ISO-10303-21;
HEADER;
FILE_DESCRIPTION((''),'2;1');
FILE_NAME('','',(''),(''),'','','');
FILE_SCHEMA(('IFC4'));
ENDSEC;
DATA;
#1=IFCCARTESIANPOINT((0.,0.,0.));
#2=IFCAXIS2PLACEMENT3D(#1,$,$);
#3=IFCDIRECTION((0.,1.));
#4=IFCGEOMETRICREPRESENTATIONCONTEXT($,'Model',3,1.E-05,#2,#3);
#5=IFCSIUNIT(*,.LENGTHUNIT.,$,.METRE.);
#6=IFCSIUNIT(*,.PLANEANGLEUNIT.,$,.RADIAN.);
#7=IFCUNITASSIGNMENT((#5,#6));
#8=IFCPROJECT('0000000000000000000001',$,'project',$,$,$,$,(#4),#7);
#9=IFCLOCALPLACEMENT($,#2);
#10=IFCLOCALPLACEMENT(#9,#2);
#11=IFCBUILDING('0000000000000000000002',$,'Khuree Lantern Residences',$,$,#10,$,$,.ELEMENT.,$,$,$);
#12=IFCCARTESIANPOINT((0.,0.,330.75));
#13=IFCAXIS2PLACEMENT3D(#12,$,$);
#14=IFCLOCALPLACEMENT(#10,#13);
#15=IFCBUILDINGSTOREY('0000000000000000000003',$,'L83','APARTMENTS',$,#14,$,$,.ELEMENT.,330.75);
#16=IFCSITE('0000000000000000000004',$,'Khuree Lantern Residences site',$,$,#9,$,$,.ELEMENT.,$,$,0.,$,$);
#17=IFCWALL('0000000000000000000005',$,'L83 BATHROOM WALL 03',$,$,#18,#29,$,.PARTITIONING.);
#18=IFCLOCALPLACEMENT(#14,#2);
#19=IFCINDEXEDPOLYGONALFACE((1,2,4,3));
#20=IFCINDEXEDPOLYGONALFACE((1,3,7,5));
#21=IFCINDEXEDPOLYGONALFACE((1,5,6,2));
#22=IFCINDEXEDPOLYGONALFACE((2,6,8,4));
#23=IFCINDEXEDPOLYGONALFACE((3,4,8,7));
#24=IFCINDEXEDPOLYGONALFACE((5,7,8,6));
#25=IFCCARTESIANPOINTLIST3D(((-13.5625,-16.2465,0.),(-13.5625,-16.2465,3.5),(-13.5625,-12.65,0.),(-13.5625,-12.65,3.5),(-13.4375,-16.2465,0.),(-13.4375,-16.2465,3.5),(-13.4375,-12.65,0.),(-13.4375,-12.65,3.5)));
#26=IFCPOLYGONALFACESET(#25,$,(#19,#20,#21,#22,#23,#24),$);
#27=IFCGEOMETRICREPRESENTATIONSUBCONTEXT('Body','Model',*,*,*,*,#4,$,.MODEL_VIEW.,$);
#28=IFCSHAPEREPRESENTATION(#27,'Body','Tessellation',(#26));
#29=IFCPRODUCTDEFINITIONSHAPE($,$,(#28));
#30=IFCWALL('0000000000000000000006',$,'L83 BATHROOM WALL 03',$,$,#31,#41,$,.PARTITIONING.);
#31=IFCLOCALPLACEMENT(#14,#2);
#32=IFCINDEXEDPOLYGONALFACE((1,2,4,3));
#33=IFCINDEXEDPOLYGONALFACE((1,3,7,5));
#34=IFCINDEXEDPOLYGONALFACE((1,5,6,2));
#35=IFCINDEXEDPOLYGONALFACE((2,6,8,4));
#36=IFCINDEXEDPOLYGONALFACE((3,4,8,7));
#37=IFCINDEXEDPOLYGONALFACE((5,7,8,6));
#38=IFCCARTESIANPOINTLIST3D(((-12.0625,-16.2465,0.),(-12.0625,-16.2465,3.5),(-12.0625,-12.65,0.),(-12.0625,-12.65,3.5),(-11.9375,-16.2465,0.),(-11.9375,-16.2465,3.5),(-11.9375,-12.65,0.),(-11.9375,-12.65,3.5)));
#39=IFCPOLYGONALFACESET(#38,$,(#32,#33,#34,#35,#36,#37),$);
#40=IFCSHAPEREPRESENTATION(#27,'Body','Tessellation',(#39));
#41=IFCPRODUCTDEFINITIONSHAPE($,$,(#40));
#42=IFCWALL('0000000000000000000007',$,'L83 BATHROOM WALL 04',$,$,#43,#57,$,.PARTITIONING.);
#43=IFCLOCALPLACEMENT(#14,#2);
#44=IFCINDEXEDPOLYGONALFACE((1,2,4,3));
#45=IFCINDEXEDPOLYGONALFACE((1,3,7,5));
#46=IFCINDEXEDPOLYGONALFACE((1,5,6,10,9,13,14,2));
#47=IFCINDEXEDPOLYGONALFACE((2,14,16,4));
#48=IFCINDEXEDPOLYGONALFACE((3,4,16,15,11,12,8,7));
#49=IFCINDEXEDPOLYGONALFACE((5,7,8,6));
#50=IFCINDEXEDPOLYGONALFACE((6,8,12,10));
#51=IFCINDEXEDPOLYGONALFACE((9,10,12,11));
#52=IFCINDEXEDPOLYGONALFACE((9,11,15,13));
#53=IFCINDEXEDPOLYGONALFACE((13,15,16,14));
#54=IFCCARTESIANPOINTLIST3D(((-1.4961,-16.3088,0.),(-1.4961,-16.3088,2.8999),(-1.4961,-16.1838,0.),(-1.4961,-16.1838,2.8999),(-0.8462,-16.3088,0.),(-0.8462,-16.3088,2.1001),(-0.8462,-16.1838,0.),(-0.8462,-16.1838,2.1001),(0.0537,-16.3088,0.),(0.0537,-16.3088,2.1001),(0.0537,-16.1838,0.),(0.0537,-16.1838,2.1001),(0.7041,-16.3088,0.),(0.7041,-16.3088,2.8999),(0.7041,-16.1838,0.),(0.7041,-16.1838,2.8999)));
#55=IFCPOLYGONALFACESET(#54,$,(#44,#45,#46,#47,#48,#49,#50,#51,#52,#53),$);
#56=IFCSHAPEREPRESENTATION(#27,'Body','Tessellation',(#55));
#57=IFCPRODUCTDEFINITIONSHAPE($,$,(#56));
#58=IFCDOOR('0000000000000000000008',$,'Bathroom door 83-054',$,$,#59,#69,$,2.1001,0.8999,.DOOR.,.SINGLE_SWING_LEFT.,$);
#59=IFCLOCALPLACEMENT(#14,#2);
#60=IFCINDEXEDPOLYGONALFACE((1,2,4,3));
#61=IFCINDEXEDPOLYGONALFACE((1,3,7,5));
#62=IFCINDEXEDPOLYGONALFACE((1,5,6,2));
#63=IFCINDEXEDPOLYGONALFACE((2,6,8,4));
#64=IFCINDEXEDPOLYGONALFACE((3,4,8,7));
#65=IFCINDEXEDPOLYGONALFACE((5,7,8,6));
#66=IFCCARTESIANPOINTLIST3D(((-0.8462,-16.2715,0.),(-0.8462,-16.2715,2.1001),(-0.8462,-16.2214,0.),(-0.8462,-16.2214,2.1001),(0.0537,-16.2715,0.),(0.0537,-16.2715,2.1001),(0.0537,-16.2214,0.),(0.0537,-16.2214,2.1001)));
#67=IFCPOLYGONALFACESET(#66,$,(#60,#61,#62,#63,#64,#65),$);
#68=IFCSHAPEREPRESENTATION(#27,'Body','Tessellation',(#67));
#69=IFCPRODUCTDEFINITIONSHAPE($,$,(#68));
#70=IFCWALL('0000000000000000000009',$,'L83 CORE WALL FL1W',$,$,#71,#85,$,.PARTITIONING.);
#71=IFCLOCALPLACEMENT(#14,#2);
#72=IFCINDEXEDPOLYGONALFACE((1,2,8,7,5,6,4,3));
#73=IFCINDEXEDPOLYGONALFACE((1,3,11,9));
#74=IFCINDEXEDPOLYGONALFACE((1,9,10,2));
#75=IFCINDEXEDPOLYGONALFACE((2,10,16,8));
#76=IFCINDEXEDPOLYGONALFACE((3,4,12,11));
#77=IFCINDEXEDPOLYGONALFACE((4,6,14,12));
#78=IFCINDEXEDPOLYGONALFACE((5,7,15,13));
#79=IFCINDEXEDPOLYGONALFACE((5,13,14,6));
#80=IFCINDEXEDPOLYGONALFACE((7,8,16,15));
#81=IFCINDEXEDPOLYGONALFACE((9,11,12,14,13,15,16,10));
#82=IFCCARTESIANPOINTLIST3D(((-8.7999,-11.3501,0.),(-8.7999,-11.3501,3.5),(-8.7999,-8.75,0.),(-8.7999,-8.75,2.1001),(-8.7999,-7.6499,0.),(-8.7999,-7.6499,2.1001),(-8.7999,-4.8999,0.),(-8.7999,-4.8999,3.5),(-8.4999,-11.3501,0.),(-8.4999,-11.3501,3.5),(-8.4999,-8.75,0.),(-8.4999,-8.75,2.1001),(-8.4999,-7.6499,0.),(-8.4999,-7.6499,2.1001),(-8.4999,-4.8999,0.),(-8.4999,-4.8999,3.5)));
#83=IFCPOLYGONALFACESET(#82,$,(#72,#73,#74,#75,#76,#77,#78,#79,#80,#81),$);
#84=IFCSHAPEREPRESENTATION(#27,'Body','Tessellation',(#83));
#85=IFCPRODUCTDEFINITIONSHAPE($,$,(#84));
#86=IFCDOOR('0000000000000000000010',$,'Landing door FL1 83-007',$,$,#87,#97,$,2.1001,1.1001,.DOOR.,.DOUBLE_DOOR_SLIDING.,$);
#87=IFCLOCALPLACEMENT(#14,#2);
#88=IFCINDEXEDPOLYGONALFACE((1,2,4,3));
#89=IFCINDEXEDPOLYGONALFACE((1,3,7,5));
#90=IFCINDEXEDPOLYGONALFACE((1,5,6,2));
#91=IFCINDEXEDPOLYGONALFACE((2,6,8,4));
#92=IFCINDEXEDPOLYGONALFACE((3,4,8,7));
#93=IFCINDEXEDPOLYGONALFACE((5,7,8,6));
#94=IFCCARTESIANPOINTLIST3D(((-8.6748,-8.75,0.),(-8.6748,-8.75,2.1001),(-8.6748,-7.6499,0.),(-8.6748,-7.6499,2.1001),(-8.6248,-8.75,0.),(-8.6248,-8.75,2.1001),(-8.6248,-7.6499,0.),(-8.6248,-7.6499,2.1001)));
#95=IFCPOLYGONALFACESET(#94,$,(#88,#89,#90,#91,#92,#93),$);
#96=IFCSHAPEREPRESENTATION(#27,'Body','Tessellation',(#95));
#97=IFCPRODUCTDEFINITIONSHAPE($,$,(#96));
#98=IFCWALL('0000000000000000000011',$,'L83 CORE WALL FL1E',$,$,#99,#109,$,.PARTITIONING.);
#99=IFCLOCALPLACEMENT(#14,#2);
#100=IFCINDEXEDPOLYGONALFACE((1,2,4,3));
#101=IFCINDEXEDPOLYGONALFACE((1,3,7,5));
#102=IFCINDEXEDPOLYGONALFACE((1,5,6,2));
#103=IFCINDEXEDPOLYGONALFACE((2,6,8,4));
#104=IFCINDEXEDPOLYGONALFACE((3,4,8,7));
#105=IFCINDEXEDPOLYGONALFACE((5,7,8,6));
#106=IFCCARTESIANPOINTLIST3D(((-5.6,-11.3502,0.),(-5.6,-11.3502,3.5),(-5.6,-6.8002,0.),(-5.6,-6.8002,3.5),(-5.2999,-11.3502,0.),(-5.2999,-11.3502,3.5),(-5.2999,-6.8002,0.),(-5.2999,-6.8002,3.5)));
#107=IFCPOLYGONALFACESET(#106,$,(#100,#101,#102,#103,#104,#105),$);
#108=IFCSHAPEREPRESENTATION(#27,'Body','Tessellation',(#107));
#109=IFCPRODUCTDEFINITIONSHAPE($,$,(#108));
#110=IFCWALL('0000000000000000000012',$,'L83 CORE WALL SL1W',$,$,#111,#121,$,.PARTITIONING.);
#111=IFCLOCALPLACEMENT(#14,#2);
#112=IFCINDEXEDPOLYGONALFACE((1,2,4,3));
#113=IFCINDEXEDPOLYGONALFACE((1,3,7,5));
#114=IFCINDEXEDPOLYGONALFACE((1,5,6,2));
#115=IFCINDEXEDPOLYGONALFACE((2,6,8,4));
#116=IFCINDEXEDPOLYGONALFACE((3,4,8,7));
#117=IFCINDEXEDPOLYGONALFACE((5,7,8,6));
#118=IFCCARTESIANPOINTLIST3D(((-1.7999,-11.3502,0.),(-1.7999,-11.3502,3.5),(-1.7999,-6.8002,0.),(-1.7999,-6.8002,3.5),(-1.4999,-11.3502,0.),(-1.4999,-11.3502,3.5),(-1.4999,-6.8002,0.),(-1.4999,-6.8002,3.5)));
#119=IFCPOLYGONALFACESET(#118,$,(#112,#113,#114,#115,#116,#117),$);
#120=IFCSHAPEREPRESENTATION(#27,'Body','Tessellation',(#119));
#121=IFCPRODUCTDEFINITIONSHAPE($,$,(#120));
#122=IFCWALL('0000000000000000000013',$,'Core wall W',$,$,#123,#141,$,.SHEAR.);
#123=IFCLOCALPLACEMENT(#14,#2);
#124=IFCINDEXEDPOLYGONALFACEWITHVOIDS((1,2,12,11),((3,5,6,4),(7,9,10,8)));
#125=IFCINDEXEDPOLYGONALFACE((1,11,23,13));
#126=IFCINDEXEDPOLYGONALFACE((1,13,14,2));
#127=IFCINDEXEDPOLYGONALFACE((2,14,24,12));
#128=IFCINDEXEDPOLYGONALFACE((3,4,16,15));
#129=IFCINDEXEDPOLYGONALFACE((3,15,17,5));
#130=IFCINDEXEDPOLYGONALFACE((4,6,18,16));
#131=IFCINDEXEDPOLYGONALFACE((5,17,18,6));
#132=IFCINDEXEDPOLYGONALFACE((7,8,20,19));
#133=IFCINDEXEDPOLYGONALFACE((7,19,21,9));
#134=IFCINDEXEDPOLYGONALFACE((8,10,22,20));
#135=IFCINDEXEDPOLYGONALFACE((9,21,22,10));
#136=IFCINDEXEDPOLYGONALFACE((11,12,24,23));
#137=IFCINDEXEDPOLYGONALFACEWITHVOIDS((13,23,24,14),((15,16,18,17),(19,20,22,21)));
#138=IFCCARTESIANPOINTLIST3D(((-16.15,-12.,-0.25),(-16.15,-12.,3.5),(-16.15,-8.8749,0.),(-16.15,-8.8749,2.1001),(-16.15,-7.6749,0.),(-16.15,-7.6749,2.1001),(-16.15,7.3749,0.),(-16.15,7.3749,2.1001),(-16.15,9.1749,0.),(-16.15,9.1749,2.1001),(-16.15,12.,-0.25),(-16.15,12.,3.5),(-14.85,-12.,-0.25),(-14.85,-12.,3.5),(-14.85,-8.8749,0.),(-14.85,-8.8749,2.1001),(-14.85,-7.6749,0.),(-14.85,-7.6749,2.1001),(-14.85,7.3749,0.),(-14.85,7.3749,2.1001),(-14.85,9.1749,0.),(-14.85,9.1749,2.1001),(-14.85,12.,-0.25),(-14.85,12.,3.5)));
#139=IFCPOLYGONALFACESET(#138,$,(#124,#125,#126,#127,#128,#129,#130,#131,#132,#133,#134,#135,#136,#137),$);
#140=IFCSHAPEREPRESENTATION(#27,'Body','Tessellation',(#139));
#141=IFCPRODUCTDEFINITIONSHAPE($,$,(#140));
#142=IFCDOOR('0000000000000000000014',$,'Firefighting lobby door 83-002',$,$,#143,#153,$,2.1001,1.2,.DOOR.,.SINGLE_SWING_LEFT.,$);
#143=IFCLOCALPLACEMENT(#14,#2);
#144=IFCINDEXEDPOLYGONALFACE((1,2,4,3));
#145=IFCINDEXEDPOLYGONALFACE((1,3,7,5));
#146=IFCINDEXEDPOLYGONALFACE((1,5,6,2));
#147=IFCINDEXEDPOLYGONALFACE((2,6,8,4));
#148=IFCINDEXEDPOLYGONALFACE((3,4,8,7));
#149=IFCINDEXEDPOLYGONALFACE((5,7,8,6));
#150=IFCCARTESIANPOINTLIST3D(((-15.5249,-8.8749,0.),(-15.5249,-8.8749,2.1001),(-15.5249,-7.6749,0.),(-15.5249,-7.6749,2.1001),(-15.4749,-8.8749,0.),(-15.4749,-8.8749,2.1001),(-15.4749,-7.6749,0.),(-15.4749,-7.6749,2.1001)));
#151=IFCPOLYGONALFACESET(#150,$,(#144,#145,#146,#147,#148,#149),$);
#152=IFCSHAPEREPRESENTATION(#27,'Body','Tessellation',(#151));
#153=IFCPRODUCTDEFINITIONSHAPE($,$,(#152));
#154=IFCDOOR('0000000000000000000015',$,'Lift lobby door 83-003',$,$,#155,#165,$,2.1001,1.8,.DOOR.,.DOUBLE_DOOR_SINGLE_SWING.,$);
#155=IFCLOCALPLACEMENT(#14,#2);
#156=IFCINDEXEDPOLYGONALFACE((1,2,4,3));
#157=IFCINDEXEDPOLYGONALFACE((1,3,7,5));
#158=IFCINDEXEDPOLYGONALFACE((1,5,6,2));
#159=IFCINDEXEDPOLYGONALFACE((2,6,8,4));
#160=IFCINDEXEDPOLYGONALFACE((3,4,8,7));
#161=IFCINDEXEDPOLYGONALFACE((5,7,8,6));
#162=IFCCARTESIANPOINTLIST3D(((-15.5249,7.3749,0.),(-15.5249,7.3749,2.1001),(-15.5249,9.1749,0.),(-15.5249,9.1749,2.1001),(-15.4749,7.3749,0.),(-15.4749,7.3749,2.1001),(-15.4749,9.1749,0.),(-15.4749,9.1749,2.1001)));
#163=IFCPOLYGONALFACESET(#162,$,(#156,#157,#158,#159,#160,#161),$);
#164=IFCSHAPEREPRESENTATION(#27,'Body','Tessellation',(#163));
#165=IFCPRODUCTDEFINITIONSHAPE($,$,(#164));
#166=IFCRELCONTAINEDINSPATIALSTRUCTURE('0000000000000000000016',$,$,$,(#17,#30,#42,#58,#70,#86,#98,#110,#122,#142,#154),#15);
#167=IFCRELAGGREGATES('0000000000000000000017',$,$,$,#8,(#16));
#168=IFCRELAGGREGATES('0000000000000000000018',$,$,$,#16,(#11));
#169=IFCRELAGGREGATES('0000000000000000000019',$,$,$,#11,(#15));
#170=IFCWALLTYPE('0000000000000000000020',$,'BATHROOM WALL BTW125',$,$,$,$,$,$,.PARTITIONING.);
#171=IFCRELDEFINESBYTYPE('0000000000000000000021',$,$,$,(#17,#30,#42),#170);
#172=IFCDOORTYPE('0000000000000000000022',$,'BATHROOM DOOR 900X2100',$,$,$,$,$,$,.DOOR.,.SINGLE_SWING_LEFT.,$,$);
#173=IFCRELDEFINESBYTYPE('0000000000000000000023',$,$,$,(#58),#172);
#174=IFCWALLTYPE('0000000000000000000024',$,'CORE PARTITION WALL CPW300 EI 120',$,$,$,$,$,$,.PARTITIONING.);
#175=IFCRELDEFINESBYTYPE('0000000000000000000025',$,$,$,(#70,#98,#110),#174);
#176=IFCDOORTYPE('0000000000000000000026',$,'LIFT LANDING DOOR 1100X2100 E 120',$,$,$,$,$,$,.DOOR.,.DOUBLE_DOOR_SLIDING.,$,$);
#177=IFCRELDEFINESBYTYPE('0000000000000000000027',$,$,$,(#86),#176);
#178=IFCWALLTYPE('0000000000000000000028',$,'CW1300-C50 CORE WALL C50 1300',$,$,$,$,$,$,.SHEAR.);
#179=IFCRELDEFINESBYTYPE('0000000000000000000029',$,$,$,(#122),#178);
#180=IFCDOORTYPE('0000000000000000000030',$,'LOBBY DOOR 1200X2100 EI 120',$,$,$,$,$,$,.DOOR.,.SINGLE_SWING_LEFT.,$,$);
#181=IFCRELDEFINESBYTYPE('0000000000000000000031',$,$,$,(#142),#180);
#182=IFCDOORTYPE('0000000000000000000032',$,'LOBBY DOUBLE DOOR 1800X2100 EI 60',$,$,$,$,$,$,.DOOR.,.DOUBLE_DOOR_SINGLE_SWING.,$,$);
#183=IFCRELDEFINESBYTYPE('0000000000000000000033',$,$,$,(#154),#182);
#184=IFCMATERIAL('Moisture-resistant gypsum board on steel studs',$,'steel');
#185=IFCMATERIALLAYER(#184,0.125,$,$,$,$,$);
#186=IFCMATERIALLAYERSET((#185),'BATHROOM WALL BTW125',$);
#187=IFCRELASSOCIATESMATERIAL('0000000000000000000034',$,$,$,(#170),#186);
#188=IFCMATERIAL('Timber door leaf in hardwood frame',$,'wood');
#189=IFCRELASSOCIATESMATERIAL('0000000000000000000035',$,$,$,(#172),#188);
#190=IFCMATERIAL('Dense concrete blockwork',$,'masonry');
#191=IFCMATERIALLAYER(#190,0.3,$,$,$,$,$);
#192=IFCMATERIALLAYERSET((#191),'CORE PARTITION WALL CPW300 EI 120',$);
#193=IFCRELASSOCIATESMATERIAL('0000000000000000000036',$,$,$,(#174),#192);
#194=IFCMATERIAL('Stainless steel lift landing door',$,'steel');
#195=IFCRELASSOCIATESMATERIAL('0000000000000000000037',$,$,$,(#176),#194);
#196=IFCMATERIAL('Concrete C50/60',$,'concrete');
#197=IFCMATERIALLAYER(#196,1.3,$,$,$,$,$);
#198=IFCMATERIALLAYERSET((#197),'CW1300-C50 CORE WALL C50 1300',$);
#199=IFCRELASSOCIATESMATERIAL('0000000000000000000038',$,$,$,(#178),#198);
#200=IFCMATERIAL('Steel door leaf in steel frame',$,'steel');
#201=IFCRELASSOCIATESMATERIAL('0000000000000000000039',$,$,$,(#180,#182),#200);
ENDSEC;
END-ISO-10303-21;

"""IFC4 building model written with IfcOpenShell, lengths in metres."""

from ifc_helpers import new_model, si_unit, direction, frame, frame_2d, origin, place, context, subcontext, project, spatial, rectangle, extrude, material, layer, layer_set, type_object, element, fill, save


model = new_model("IFC4")

# Units and contexts
model_context = context("Model", 3, precision=1e-05, world=origin(), true_north=direction((0.0, 1.0)))
body_context = subcontext(model_context, "Body", "Model", "MODEL_VIEW")
ifc_project = project(units=[si_unit("LENGTHUNIT", "METRE"), si_unit("PLANEANGLEUNIT", "RADIAN")], contexts=[model_context])

# Site, building, storey
site_placement = place(None, origin())
site = spatial("IfcSite", under=ifc_project, at=site_placement, Name="Khuree Lantern Residences site", CompositionType="ELEMENT", RefElevation=0.0)
building_placement = place(site_placement, origin())
building = spatial("IfcBuilding", under=site, at=building_placement, Name="Khuree Lantern Residences", CompositionType="ELEMENT")
storey_placement = place(building_placement, frame((0.0, 0.0, 330.75)))
storey = spatial("IfcBuildingStorey", under=building, at=storey_placement, Name="L83", Description="APARTMENTS", CompositionType="ELEMENT", Elevation=330.75)

# Walls
ifc_material_1 = material(Name="Moisture-resistant gypsum board on steel studs", Category="steel")
ifc_layer_1 = layer(ifc_material_1, 0.125)
ifc_layer_set_1 = layer_set([ifc_layer_1], Name="BATHROOM WALL BTW125")
wall_type_1 = type_object("IfcWallType", Name="BATHROOM WALL BTW125", PredefinedType="PARTITIONING", material=ifc_layer_set_1)
for number, where, z_axis, x_axis, name in (
    (1, (-13.5, -12.6499, 0.0), (0.0, 0.0, 1.0), (0.0, -1.0, 0.0), "L83 BATHROOM WALL 03"),
    (2, (-12.0, -12.6499, 0.0), (0.0, 0.0, 1.0), (0.0, -1.0, 0.0), "L83 BATHROOM WALL 03"),
):
    element("IfcWall", number, at=place(storey_placement, frame(where, z_axis=z_axis, x_axis=x_axis)), inside=storey, type_object=wall_type_1, Name=name, PredefinedType="PARTITIONING", context=body_context, shape_type="SweptSolid", body=[
        extrude(rectangle(XDim=3.5964, YDim=0.125, at=frame_2d((1.7983, 0.0))), origin(), (0.0, 0.0, 1.0), 3.5),
    ])

# Walls, openings, doors
wall_1_placement = place(storey_placement, frame((-1.4961, -16.2463, 0.0), z_axis=(0.0, 0.0, 1.0), x_axis=(1.0, 0.0, 0.0)))
wall_1 = element("IfcWall", 3, at=wall_1_placement, inside=storey, type_object=wall_type_1, Name="L83 BATHROOM WALL 04", PredefinedType="PARTITIONING", context=body_context, shape_type="SweptSolid", body=[
    extrude(rectangle(XDim=2.2002, YDim=0.125, at=frame_2d((1.1001, 0.0))), origin(), (0.0, 0.0, 1.0), 2.8999),
])
opening_1_placement = place(wall_1_placement, frame((0.6499, 0.0, 0.0)))
opening_1 = element("IfcOpeningElement", 4, at=opening_1_placement, cuts=wall_1, PredefinedType="OPENING", context=body_context, shape_type="SweptSolid", body=[
    extrude(rectangle(XDim=0.8999, YDim=2.1001, at=frame_2d((0.45, 1.05))), frame((0.0, 0.0725, 0.0), z_axis=(0.0, -1.0, 0.0), x_axis=(1.0, 0.0, 0.0)), (0.0, 0.0, 1.0), 0.145),
])
ifc_material_2 = material(Name="Timber door leaf in hardwood frame", Category="wood")
door_type_1 = type_object("IfcDoorType", Name="BATHROOM DOOR 900X2100", OperationType="SINGLE_SWING_LEFT", PredefinedType="DOOR", material=ifc_material_2)
door_1_placement = place(opening_1_placement, origin())
door_1 = element("IfcDoor", 5, at=door_1_placement, inside=storey, type_object=door_type_1, Name="Bathroom door 83-054", OperationType="SINGLE_SWING_LEFT", OverallHeight=2.1001, OverallWidth=0.8999, PredefinedType="DOOR", context=body_context, shape_type="SweptSolid", body=[
    extrude(rectangle(XDim=0.8999, YDim=2.1001, at=frame_2d((0.45, 1.05))), frame((0.0, 0.0249, 0.0), z_axis=(0.0, -1.0, 0.0), x_axis=(1.0, 0.0, 0.0)), (0.0, 0.0, 1.0), 0.05),
])
fill(opening_1, door_1)
ifc_material_3 = material(Name="Dense concrete blockwork", Category="masonry")
ifc_layer_2 = layer(ifc_material_3, 0.3)
ifc_layer_set_2 = layer_set([ifc_layer_2], Name="CORE PARTITION WALL CPW300 EI 120")
wall_type_2 = type_object("IfcWallType", Name="CORE PARTITION WALL CPW300 EI 120", PredefinedType="PARTITIONING", material=ifc_layer_set_2)
wall_2_placement = place(storey_placement, frame((-8.6499, -11.3501, 0.0), z_axis=(0.0, 0.0, 1.0), x_axis=(0.0, 1.0, 0.0)))
wall_2 = element("IfcWall", 6, at=wall_2_placement, inside=storey, type_object=wall_type_2, Name="L83 CORE WALL FL1W", PredefinedType="PARTITIONING", context=body_context, shape_type="SweptSolid", body=[
    extrude(rectangle(XDim=6.4502, YDim=0.3, at=frame_2d((3.2251, 0.0))), origin(), (0.0, 0.0, 1.0), 3.5),
])
opening_2_placement = place(wall_2_placement, frame((2.6001, 0.0, 0.0)))
opening_2 = element("IfcOpeningElement", 7, at=opening_2_placement, cuts=wall_2, PredefinedType="OPENING", context=body_context, shape_type="SweptSolid", body=[
    extrude(rectangle(XDim=1.1001, YDim=2.1001, at=frame_2d((0.55, 1.05))), frame((0.0, 0.1602, 0.0), z_axis=(0.0, -1.0, 0.0), x_axis=(1.0, 0.0, 0.0)), (0.0, 0.0, 1.0), 0.3201),
])
ifc_material_4 = material(Name="Stainless steel lift landing door", Category="steel")
door_type_2 = type_object("IfcDoorType", Name="LIFT LANDING DOOR 1100X2100 E 120", OperationType="DOUBLE_DOOR_SLIDING", PredefinedType="DOOR", material=ifc_material_4)
door_2_placement = place(opening_2_placement, origin())
door_2 = element("IfcDoor", 8, at=door_2_placement, inside=storey, type_object=door_type_2, Name="Landing door FL1 83-007", OperationType="DOUBLE_DOOR_SLIDING", OverallHeight=2.1001, OverallWidth=1.1001, PredefinedType="DOOR", context=body_context, shape_type="SweptSolid", body=[
    extrude(rectangle(XDim=1.1001, YDim=2.1001, at=frame_2d((0.55, 1.05))), frame((0.0, 0.0249, 0.0), z_axis=(0.0, -1.0, 0.0), x_axis=(1.0, 0.0, 0.0)), (0.0, 0.0, 1.0), 0.05),
])
fill(opening_2, door_2)

# Walls
for number, where, z_axis, x_axis, name in (
    (9, (-5.45, -11.3501, 0.0), (0.0, 0.0, 1.0), (0.0, 1.0, 0.0), "L83 CORE WALL FL1E"),
    (10, (-1.6499, -11.3501, 0.0), (0.0, 0.0, 1.0), (0.0, 1.0, 0.0), "L83 CORE WALL SL1W"),
):
    element("IfcWall", number, at=place(storey_placement, frame(where, z_axis=z_axis, x_axis=x_axis)), inside=storey, type_object=wall_type_2, Name=name, PredefinedType="PARTITIONING", context=body_context, shape_type="SweptSolid", body=[
        extrude(rectangle(XDim=4.55, YDim=0.3, at=frame_2d((2.2749, 0.0))), origin(), (0.0, 0.0, 1.0), 3.5),
    ])

# Wall, openings, doors
ifc_material_5 = material(Name="Concrete C50/60", Category="concrete")
ifc_layer_3 = layer(ifc_material_5, 1.3)
ifc_layer_set_3 = layer_set([ifc_layer_3], Name="CW1300-C50 CORE WALL C50 1300")
wall_type_3 = type_object("IfcWallType", Name="CW1300-C50 CORE WALL C50 1300", PredefinedType="SHEAR", material=ifc_layer_set_3)
wall_3_placement = place(storey_placement, frame((-15.5, -12.0, -0.25), z_axis=(0.0, 0.0, 1.0), x_axis=(0.0, 1.0, 0.0)))
wall_3 = element("IfcWall", 11, at=wall_3_placement, inside=storey, type_object=wall_type_3, Name="Core wall W", PredefinedType="SHEAR", context=body_context, shape_type="SweptSolid", body=[
    extrude(rectangle(XDim=24.0, YDim=1.3, at=frame_2d((12.0, 0.0))), origin(), (0.0, 0.0, 1.0), 3.75),
])
opening_3_placement = place(wall_3_placement, frame((3.125, 0.0, 0.25)))
opening_3 = element("IfcOpeningElement", 12, at=opening_3_placement, cuts=wall_3, PredefinedType="OPENING", context=body_context, shape_type="SweptSolid", body=[
    extrude(rectangle(XDim=1.2, YDim=2.1001, at=frame_2d((0.6001, 1.05))), frame((0.0, 0.6602, 0.0), z_axis=(0.0, -1.0, 0.0), x_axis=(1.0, 0.0, 0.0)), (0.0, 0.0, 1.0), 1.3201),
])
opening_4_placement = place(wall_3_placement, frame((19.375, 0.0, 0.25)))
opening_4 = element("IfcOpeningElement", 13, at=opening_4_placement, cuts=wall_3, PredefinedType="OPENING", context=body_context, shape_type="SweptSolid", body=[
    extrude(rectangle(XDim=1.8, YDim=2.1001, at=frame_2d((0.8999, 1.05))), frame((0.0, 0.6602, 0.0), z_axis=(0.0, -1.0, 0.0), x_axis=(1.0, 0.0, 0.0)), (0.0, 0.0, 1.0), 1.3201),
])
ifc_material_6 = material(Name="Steel door leaf in steel frame", Category="steel")
door_type_3 = type_object("IfcDoorType", Name="LOBBY DOOR 1200X2100 EI 120", OperationType="SINGLE_SWING_LEFT", PredefinedType="DOOR", material=ifc_material_6)
door_3_placement = place(opening_3_placement, origin())
door_3 = element("IfcDoor", 14, at=door_3_placement, inside=storey, type_object=door_type_3, Name="Firefighting lobby door 83-002", OperationType="SINGLE_SWING_LEFT", OverallHeight=2.1001, OverallWidth=1.2, PredefinedType="DOOR", context=body_context, shape_type="SweptSolid", body=[
    extrude(rectangle(XDim=1.2, YDim=2.1001, at=frame_2d((0.6001, 1.05))), frame((0.0, 0.0249, 0.0), z_axis=(0.0, -1.0, 0.0), x_axis=(1.0, 0.0, 0.0)), (0.0, 0.0, 1.0), 0.05),
])
fill(opening_3, door_3)
door_type_4 = type_object("IfcDoorType", Name="LOBBY DOUBLE DOOR 1800X2100 EI 60", OperationType="DOUBLE_DOOR_SINGLE_SWING", PredefinedType="DOOR", material=ifc_material_6)
door_4_placement = place(opening_4_placement, origin())
door_4 = element("IfcDoor", 15, at=door_4_placement, inside=storey, type_object=door_type_4, Name="Lift lobby door 83-003", OperationType="DOUBLE_DOOR_SINGLE_SWING", OverallHeight=2.1001, OverallWidth=1.8, PredefinedType="DOOR", context=body_context, shape_type="SweptSolid", body=[
    extrude(rectangle(XDim=1.8, YDim=2.1001, at=frame_2d((0.8999, 1.05))), frame((0.0, 0.0249, 0.0), z_axis=(0.0, -1.0, 0.0), x_axis=(1.0, 0.0, 0.0)), (0.0, 0.0, 1.0), 0.05),
])
fill(opening_4, door_4)

save(model, "model.ifc")
